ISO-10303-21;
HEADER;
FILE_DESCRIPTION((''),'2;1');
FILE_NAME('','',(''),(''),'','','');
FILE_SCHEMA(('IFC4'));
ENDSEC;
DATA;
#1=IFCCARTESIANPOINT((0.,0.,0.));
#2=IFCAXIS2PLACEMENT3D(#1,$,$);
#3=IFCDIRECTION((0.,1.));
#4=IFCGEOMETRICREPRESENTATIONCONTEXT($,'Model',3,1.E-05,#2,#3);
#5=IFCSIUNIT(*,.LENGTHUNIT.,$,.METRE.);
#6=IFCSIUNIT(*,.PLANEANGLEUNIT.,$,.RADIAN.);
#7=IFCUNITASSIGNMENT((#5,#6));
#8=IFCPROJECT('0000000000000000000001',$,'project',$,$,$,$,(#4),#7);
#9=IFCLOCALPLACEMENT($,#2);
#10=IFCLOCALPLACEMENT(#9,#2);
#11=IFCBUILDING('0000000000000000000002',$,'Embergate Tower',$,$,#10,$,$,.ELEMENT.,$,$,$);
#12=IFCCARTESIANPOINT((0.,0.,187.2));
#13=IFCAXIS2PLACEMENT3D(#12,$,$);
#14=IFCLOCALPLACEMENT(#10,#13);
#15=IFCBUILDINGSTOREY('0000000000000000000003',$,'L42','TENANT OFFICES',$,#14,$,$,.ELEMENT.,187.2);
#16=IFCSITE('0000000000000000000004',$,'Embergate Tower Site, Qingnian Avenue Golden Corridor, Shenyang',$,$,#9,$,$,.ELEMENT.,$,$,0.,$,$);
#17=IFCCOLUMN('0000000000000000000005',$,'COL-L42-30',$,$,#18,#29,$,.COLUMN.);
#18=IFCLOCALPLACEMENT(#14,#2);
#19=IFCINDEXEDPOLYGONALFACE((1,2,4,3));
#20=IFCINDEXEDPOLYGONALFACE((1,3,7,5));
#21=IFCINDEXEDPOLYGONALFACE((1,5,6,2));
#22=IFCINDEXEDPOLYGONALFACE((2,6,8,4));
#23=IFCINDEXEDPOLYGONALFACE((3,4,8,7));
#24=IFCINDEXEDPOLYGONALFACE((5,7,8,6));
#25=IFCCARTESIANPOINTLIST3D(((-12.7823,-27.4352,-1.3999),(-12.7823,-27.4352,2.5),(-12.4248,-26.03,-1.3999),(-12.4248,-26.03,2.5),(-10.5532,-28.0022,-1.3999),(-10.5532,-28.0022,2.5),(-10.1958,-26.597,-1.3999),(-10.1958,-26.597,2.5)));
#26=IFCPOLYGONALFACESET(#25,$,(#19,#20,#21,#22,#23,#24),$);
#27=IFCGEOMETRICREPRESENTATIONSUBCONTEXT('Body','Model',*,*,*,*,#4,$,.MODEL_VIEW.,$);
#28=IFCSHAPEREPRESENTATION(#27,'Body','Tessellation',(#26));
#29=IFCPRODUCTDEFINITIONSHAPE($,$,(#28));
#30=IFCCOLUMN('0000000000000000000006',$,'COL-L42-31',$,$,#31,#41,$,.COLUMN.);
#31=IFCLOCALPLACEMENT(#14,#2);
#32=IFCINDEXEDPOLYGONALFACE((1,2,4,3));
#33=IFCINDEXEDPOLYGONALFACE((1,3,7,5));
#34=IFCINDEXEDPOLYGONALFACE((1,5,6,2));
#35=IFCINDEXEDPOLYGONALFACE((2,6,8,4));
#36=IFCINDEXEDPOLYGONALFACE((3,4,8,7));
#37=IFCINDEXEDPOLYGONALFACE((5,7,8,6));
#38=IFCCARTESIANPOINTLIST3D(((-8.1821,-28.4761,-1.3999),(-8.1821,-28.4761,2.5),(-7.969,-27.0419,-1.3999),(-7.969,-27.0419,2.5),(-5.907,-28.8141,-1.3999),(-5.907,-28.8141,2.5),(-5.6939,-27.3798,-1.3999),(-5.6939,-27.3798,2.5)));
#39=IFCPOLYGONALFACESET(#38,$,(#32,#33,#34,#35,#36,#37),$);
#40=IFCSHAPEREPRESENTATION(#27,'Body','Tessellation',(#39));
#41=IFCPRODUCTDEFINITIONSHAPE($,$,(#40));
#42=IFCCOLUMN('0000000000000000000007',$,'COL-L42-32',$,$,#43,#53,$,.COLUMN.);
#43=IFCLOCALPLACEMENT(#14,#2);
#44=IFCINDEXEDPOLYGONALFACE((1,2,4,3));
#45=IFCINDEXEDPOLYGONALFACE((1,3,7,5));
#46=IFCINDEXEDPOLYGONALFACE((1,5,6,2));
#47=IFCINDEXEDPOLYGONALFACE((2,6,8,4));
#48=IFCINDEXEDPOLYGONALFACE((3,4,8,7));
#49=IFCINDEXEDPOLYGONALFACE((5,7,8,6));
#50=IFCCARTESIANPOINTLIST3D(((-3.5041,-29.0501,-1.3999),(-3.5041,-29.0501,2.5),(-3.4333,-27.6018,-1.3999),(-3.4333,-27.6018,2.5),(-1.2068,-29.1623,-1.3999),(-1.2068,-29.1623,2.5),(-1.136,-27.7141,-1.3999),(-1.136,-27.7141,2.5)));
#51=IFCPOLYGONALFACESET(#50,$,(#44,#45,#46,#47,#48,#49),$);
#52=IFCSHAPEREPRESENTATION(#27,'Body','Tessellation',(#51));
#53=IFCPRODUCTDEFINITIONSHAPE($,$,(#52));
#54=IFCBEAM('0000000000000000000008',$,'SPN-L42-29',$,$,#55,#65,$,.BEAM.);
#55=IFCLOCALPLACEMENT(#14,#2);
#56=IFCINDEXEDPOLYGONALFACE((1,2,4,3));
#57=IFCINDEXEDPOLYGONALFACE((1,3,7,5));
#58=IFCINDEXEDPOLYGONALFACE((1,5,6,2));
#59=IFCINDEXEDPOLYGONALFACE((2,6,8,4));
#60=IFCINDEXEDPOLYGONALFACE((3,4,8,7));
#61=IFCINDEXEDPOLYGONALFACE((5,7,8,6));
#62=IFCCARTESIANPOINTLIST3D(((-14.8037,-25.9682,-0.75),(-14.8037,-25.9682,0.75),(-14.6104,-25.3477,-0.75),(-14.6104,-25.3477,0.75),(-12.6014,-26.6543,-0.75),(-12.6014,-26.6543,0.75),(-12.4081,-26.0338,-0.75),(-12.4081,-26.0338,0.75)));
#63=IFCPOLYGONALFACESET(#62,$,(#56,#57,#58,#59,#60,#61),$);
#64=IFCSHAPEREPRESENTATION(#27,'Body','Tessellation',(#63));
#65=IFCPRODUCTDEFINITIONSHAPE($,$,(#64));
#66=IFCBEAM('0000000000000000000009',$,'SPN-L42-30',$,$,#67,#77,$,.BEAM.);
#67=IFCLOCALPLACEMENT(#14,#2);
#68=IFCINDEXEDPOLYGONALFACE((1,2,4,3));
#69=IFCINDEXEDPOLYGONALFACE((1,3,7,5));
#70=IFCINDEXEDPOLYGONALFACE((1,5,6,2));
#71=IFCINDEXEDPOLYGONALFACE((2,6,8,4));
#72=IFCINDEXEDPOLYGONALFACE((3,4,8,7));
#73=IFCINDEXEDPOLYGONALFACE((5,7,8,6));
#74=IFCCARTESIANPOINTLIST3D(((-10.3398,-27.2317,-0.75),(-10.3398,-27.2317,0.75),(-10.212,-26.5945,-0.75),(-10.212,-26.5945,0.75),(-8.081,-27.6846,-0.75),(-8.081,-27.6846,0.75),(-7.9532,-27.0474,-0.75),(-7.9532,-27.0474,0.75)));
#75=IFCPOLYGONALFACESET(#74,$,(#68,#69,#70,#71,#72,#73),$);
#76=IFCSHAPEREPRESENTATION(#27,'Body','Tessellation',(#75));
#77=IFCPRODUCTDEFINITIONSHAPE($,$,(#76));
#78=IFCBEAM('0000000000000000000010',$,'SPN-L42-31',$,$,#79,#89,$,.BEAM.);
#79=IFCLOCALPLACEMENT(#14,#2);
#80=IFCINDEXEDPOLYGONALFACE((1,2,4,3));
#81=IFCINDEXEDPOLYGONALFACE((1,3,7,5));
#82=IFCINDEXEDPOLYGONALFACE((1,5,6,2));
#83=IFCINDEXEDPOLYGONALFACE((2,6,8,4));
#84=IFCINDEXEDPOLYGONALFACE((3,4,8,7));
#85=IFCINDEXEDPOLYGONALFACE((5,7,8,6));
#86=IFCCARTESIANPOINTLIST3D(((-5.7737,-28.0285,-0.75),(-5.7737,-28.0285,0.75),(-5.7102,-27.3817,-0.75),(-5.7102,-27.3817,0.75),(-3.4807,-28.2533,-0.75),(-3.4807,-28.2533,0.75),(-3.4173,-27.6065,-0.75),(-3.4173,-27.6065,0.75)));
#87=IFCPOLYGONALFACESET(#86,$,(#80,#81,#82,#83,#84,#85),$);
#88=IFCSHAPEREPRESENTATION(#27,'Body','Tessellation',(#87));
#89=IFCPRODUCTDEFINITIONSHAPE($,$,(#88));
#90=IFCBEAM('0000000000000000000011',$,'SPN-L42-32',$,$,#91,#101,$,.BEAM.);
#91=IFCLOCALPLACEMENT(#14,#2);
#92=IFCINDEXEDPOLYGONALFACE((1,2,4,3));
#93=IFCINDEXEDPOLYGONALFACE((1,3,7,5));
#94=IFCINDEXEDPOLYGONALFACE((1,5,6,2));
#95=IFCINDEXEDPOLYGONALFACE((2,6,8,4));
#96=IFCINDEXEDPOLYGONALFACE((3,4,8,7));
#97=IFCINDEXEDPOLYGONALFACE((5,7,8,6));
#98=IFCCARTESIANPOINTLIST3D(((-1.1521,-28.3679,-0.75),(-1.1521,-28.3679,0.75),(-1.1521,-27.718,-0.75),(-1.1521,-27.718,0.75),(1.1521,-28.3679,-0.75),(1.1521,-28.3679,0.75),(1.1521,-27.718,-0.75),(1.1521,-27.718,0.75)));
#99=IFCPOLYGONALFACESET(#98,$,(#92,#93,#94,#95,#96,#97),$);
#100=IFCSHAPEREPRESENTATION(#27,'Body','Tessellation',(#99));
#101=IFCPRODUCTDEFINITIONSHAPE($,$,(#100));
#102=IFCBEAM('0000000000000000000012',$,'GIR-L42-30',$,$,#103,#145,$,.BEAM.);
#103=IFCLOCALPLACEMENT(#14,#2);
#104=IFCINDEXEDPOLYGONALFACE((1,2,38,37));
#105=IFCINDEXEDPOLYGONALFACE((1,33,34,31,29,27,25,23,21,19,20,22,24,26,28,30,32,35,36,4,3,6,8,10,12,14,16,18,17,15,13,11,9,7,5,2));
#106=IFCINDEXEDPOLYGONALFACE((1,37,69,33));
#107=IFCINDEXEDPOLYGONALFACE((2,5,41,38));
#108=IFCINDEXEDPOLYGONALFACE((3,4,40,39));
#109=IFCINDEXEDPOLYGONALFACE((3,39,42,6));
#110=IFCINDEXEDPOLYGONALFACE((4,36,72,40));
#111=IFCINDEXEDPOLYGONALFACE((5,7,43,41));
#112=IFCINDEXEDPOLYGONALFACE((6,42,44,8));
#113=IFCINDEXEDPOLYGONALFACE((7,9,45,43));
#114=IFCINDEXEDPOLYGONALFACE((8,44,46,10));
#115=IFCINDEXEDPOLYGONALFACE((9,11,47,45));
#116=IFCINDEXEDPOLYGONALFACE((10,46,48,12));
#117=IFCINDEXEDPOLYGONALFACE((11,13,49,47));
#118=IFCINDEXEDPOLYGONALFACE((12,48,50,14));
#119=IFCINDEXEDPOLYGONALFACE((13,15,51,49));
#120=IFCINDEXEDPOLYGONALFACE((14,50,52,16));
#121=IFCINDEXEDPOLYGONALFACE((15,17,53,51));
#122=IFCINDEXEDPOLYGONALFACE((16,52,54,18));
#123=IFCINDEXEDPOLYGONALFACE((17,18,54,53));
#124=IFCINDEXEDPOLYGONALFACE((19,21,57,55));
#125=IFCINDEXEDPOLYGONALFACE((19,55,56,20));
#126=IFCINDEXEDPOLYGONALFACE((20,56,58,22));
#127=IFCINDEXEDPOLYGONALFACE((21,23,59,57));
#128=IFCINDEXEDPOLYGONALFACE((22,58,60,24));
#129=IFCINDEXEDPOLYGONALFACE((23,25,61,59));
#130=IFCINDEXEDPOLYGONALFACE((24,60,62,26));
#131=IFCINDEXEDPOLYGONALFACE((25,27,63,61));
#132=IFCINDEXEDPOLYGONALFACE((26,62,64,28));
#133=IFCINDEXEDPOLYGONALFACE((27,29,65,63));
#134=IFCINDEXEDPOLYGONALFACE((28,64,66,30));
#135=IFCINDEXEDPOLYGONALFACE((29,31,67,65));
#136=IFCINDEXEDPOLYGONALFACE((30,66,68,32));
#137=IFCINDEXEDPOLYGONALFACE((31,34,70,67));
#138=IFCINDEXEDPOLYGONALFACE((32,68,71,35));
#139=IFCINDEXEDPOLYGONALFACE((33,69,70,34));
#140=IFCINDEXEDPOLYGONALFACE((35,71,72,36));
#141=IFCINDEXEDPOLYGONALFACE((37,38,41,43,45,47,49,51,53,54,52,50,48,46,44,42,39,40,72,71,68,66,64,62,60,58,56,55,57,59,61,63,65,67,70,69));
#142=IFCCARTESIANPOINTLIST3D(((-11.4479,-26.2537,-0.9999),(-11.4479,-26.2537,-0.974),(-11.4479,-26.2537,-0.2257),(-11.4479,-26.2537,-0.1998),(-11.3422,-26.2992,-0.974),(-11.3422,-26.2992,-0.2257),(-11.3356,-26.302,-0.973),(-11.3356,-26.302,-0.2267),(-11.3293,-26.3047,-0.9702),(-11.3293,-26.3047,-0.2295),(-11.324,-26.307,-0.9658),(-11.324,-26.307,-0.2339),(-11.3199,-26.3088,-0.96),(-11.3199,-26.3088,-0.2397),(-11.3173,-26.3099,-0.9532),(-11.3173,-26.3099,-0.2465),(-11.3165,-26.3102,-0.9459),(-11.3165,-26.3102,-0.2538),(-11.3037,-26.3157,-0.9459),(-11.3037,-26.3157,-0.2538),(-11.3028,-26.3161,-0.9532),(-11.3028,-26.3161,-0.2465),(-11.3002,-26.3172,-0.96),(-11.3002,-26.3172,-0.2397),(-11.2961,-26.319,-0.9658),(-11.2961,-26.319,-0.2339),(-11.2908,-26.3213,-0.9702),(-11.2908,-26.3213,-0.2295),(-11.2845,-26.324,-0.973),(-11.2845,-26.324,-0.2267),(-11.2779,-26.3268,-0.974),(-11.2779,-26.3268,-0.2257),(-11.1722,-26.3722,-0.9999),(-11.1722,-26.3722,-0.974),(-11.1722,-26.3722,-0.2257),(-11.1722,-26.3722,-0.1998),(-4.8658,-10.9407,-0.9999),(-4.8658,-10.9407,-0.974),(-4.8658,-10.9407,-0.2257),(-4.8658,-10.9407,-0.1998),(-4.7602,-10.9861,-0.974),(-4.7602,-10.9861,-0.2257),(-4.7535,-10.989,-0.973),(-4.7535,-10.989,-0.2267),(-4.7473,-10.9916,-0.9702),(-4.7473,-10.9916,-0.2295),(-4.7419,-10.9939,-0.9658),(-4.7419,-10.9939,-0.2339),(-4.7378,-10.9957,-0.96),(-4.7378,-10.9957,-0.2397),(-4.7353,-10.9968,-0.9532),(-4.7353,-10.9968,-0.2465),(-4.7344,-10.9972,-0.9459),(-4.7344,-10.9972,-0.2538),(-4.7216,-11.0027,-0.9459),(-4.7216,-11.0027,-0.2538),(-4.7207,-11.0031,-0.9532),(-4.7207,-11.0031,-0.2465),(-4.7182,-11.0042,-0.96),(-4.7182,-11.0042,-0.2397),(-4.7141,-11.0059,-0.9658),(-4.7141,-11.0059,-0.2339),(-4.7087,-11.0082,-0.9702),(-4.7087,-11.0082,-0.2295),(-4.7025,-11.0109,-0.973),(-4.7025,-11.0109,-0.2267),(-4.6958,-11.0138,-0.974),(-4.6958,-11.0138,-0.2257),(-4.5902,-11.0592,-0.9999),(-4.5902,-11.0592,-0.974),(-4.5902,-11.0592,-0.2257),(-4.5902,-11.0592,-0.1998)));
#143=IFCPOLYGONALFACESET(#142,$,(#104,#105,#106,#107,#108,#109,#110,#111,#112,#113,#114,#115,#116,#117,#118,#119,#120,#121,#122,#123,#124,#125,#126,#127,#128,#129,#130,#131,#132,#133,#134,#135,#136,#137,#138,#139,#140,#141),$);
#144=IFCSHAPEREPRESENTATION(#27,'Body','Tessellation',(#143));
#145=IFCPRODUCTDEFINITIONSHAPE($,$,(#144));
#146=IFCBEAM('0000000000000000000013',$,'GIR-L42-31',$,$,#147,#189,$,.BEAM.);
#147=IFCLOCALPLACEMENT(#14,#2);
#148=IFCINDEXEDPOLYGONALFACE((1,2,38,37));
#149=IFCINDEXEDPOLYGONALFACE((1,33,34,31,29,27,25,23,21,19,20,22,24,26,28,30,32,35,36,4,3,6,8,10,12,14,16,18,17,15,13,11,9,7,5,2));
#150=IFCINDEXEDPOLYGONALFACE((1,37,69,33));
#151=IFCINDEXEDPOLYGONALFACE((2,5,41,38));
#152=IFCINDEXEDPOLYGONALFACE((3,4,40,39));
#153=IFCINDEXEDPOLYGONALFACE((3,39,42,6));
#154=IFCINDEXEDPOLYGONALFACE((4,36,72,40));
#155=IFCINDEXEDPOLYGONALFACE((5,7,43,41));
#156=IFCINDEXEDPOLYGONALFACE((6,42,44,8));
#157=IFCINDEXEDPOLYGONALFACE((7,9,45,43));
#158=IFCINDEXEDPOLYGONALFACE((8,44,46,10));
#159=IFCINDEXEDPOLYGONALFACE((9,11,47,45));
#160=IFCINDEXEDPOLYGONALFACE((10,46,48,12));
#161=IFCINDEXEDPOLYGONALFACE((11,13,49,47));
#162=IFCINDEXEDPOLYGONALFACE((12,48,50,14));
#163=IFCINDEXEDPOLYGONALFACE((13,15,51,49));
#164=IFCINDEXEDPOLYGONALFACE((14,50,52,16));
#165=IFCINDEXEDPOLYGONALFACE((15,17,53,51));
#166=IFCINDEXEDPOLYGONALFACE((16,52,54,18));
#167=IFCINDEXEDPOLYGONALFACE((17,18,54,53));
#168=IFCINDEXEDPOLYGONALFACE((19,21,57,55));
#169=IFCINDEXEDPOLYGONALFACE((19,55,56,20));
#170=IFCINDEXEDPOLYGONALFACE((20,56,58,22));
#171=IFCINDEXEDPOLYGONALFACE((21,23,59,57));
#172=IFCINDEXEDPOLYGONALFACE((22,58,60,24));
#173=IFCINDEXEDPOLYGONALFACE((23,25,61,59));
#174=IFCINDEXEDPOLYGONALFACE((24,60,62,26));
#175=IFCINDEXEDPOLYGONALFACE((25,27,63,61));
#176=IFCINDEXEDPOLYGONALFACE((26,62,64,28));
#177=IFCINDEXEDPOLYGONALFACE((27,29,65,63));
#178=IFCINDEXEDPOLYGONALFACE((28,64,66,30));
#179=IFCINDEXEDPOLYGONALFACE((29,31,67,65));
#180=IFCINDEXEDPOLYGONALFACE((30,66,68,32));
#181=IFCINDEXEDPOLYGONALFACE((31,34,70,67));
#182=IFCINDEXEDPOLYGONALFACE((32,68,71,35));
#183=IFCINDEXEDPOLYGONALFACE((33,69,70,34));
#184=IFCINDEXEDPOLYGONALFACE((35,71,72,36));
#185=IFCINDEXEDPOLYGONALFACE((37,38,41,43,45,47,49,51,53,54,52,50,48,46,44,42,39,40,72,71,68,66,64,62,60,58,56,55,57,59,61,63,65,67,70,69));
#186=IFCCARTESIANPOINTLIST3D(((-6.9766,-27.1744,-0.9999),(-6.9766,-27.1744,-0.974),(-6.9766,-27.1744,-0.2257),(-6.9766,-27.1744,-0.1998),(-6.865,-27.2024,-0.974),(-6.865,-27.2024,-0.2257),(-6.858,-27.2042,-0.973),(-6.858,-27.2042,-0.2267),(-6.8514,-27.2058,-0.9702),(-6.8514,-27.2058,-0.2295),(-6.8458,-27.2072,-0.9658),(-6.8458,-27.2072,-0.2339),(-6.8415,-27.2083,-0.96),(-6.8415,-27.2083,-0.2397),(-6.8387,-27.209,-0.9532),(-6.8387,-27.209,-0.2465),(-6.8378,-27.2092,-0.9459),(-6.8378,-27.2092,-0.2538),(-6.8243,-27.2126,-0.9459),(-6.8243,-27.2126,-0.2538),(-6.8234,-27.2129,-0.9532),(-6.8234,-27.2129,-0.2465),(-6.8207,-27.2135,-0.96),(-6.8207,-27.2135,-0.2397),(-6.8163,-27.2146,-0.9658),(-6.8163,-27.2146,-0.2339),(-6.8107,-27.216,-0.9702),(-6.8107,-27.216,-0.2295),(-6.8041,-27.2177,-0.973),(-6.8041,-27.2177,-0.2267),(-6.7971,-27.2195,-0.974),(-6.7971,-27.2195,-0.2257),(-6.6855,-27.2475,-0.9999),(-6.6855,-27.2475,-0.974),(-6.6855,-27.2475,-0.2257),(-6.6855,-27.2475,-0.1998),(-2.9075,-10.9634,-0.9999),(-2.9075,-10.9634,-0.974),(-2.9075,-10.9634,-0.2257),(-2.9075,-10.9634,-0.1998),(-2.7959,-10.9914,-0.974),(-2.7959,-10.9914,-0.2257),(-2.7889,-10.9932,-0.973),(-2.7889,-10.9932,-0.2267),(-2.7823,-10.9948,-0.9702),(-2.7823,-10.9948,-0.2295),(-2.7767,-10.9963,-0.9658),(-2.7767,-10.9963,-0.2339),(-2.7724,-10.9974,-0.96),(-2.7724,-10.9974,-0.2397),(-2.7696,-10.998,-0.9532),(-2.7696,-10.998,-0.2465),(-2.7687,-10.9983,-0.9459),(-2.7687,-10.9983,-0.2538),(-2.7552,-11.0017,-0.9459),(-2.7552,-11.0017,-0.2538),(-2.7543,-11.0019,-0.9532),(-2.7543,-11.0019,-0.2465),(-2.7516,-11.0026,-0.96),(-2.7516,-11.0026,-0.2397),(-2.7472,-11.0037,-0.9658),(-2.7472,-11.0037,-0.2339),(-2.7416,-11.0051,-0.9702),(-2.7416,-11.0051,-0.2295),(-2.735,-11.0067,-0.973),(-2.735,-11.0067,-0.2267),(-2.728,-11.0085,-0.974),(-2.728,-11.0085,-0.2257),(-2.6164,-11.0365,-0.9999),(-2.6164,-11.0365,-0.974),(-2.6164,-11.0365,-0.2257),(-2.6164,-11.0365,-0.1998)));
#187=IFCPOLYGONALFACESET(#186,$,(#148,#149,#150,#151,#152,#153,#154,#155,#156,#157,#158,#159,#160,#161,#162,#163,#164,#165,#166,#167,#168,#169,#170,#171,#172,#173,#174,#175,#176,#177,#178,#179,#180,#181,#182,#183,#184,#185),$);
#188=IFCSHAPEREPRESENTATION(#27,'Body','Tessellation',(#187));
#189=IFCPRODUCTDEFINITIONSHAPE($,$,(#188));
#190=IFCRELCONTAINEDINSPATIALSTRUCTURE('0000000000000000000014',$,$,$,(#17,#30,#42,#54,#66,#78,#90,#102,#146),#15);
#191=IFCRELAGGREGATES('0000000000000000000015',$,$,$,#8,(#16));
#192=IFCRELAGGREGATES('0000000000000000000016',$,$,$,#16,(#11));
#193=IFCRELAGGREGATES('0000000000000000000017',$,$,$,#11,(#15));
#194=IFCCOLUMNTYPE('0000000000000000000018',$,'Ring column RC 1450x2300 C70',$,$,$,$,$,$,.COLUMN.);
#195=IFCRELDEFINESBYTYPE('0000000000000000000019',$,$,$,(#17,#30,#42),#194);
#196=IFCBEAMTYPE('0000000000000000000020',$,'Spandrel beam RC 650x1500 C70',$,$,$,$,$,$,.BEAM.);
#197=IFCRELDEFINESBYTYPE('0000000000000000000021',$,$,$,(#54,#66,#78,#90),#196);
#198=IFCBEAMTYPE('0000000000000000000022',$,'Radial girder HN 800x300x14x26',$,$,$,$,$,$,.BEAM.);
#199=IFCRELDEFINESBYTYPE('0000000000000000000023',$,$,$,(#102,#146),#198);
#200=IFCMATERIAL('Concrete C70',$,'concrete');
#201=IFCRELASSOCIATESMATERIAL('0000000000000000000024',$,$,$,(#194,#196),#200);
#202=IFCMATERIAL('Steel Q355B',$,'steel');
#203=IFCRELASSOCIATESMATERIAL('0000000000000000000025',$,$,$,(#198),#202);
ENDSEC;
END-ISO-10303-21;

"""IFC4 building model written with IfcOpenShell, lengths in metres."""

from ifc_helpers import new_model, si_unit, direction, frame, origin, origin_2d, place, context, subcontext, project, spatial, rectangle, i_section, extrude, source, transform, mapped, material, material_profile, profile_set, type_object, element, save


model = new_model("IFC4")

# Units and contexts
model_context = context("Model", 3, precision=1e-05, world=origin(), true_north=direction((0.0, 1.0)))
body_context = subcontext(model_context, "Body", "Model", "MODEL_VIEW")
ifc_project = project(units=[si_unit("LENGTHUNIT", "METRE"), si_unit("PLANEANGLEUNIT", "RADIAN")], contexts=[model_context])

# Site, building, storey
site_placement = place(None, origin())
site = spatial("IfcSite", under=ifc_project, at=site_placement, Name="Embergate Tower Site, Qingnian Avenue Golden Corridor, Shenyang", CompositionType="ELEMENT", RefElevation=0.0)
building_placement = place(site_placement, origin())
building = spatial("IfcBuilding", under=site, at=building_placement, Name="Embergate Tower", CompositionType="ELEMENT")
storey_placement = place(building_placement, frame((0.0, 0.0, 187.2)))
storey = spatial("IfcBuildingStorey", under=building, at=storey_placement, Name="L42", Description="TENANT OFFICES", CompositionType="ELEMENT", Elevation=187.2)

# Columns
ifc_material_1 = material(Name="Concrete C70", Category="concrete")
ifc_material_profile_1 = material_profile(ifc_material_1, rectangle(XDim=1.45, YDim=2.3, at=origin_2d()), Name="RC 1450x2300")
ifc_profile_set_1 = profile_set([ifc_material_profile_1], Name="Concrete C70")
column_type = type_object("IfcColumnType", Name="Ring column RC 1450x2300 C70", PredefinedType="COLUMN", material=ifc_profile_set_1)
shared_shape_1 = source(origin(), body_context, "Body", "SweptSolid", [
    extrude(rectangle(XDim=1.45, YDim=2.3, at=origin_2d()), origin(), (0.0, 0.0, 1.0), 3.8999),
])
for number, where, z_axis, x_axis, name in (
    (1, (-11.489, -27.0161, -1.3999), (0.0, 0.0, 1.0), (-0.246509, -0.969141, 0.0), "COL-L42-30"),
    (2, (-6.938, -27.928, -1.3999), (0.0, 0.0, 1.0), (-0.146929, -0.989147, 0.0), "COL-L42-31"),
    (3, (-2.3201, -28.3821, -1.3999), (0.0, 0.0, 1.0), (-0.048815, -0.998808, 0.0), "COL-L42-32"),
):
    element("IfcColumn", number, at=place(storey_placement, frame(where, z_axis=z_axis, x_axis=x_axis)), inside=storey, type_object=column_type, Name=name, PredefinedType="COLUMN", context=body_context, shape_type="MappedRepresentation", body=[
        mapped(shared_shape_1, transform((0.0, 0.0, 0.0))),
    ])

# Beams
ifc_material_profile_2 = material_profile(ifc_material_1, rectangle(XDim=0.6499, YDim=1.5, at=origin_2d()), Name="RC 650x1500")
ifc_profile_set_2 = profile_set([ifc_material_profile_2], Name="Concrete C70")
beam_type_1 = type_object("IfcBeamType", Name="Spandrel beam RC 650x1500 C70", PredefinedType="BEAM", material=ifc_profile_set_2)
shared_shape_2 = source(origin(), body_context, "Body", "SweptSolid", [
    extrude(rectangle(XDim=0.6499, YDim=1.5, at=origin_2d()), origin(), (0.0, 0.0, 1.0), 2.3066),
])
beam_1_placement = place(storey_placement, frame((-14.707, -25.658, 0.0), z_axis=(0.954743, -0.297431, 0.0), x_axis=(0.297431, 0.954743, 0.0)))
element("IfcBeam", 4, at=beam_1_placement, inside=storey, type_object=beam_type_1, Name="SPN-L42-29", PredefinedType="BEAM", context=body_context, shape_type="MappedRepresentation", body=[
    mapped(shared_shape_2, transform((0.0, 0.0, 0.0))),
])
shared_shape_3 = source(origin(), body_context, "Body", "SweptSolid", [
    extrude(rectangle(XDim=0.6499, YDim=1.5, at=origin_2d()), origin(), (0.0, 0.0, 1.0), 2.3037),
])
beam_2_placement = place(storey_placement, frame((-10.2759, -26.9131, 0.0), z_axis=(0.980487, -0.196585, 0.0), x_axis=(0.196585, 0.980487, 0.0)))
element("IfcBeam", 5, at=beam_2_placement, inside=storey, type_object=beam_type_1, Name="SPN-L42-30", PredefinedType="BEAM", context=body_context, shape_type="MappedRepresentation", body=[
    mapped(shared_shape_3, transform((0.0, 0.0, 0.0))),
])
shared_shape_4 = source(origin(), body_context, "Body", "SweptSolid", [
    extrude(rectangle(XDim=0.6499, YDim=1.5, at=origin_2d()), origin(), (0.0, 0.0, 1.0), 2.304),
])
beam_3_placement = place(storey_placement, frame((-5.7419, -27.7051, 0.0), z_axis=(0.995226, -0.097594, 0.0), x_axis=(0.097594, 0.995226, 0.0)))
element("IfcBeam", 6, at=beam_3_placement, inside=storey, type_object=beam_type_1, Name="SPN-L42-31", PredefinedType="BEAM", context=body_context, shape_type="MappedRepresentation", body=[
    mapped(shared_shape_4, transform((0.0, 0.0, 0.0))),
])
shared_shape_5 = source(origin(), body_context, "Body", "SweptSolid", [
    extrude(rectangle(XDim=0.6499, YDim=1.5, at=origin_2d()), origin(), (0.0, 0.0, 1.0), 2.3042),
])
beam_4_placement = place(storey_placement, frame((-1.1521, -28.043, 0.0), z_axis=(1.0, 0.0, 0.0), x_axis=(0.0, 1.0, 0.0)))
element("IfcBeam", 7, at=beam_4_placement, inside=storey, type_object=beam_type_1, Name="SPN-L42-32", PredefinedType="BEAM", context=body_context, shape_type="MappedRepresentation", body=[
    mapped(shared_shape_5, transform((0.0, 0.0, 0.0))),
])
ifc_material_2 = material(Name="Steel Q355B", Category="steel")
ifc_material_profile_3 = material_profile(ifc_material_2, i_section(OverallWidth=0.3, OverallDepth=0.8, WebThickness=0.0139, FlangeThickness=0.0259, FilletRadius=0.0281, at=origin_2d()), Name="HN 800x300x14x26")
ifc_profile_set_3 = profile_set([ifc_material_profile_3], Name="Steel Q355 grade B")
beam_type_2 = type_object("IfcBeamType", Name="Radial girder HN 800x300x14x26", PredefinedType="BEAM", material=ifc_profile_set_3)
shared_shape_6 = source(origin(), body_context, "Body", "SweptSolid", [
    extrude(i_section(OverallWidth=0.3, OverallDepth=0.8, WebThickness=0.0139, FlangeThickness=0.0259, FilletRadius=0.0281, at=origin_2d()), origin(), (0.0, 0.0, 1.0), 16.6677),
])
beam_5_placement = place(storey_placement, frame((-11.3101, -26.313, -0.5999), z_axis=(0.394898, 0.918725, 0.0), x_axis=(-0.918725, 0.394898, 0.0)))
element("IfcBeam", 8, at=beam_5_placement, inside=storey, type_object=beam_type_2, Name="GIR-L42-30", PredefinedType="BEAM", context=body_context, shape_type="MappedRepresentation", body=[
    mapped(shared_shape_6, transform((0.0, 0.0, 0.0))),
])
shared_shape_7 = source(origin(), body_context, "Body", "SweptSolid", [
    extrude(i_section(OverallWidth=0.3, OverallDepth=0.8, WebThickness=0.0139, FlangeThickness=0.0259, FilletRadius=0.0281, at=origin_2d()), origin(), (0.0, 0.0, 1.0), 16.7139),
])
beam_6_placement = place(storey_placement, frame((-6.8311, -27.2109, -0.5999), z_axis=(0.243457, 0.969912, 0.0), x_axis=(-0.969912, 0.243457, 0.0)))
element("IfcBeam", 9, at=beam_6_placement, inside=storey, type_object=beam_type_2, Name="GIR-L42-31", PredefinedType="BEAM", context=body_context, shape_type="MappedRepresentation", body=[
    mapped(shared_shape_7, transform((0.0, 0.0, 0.0))),
])

save(model, "model.ifc")
